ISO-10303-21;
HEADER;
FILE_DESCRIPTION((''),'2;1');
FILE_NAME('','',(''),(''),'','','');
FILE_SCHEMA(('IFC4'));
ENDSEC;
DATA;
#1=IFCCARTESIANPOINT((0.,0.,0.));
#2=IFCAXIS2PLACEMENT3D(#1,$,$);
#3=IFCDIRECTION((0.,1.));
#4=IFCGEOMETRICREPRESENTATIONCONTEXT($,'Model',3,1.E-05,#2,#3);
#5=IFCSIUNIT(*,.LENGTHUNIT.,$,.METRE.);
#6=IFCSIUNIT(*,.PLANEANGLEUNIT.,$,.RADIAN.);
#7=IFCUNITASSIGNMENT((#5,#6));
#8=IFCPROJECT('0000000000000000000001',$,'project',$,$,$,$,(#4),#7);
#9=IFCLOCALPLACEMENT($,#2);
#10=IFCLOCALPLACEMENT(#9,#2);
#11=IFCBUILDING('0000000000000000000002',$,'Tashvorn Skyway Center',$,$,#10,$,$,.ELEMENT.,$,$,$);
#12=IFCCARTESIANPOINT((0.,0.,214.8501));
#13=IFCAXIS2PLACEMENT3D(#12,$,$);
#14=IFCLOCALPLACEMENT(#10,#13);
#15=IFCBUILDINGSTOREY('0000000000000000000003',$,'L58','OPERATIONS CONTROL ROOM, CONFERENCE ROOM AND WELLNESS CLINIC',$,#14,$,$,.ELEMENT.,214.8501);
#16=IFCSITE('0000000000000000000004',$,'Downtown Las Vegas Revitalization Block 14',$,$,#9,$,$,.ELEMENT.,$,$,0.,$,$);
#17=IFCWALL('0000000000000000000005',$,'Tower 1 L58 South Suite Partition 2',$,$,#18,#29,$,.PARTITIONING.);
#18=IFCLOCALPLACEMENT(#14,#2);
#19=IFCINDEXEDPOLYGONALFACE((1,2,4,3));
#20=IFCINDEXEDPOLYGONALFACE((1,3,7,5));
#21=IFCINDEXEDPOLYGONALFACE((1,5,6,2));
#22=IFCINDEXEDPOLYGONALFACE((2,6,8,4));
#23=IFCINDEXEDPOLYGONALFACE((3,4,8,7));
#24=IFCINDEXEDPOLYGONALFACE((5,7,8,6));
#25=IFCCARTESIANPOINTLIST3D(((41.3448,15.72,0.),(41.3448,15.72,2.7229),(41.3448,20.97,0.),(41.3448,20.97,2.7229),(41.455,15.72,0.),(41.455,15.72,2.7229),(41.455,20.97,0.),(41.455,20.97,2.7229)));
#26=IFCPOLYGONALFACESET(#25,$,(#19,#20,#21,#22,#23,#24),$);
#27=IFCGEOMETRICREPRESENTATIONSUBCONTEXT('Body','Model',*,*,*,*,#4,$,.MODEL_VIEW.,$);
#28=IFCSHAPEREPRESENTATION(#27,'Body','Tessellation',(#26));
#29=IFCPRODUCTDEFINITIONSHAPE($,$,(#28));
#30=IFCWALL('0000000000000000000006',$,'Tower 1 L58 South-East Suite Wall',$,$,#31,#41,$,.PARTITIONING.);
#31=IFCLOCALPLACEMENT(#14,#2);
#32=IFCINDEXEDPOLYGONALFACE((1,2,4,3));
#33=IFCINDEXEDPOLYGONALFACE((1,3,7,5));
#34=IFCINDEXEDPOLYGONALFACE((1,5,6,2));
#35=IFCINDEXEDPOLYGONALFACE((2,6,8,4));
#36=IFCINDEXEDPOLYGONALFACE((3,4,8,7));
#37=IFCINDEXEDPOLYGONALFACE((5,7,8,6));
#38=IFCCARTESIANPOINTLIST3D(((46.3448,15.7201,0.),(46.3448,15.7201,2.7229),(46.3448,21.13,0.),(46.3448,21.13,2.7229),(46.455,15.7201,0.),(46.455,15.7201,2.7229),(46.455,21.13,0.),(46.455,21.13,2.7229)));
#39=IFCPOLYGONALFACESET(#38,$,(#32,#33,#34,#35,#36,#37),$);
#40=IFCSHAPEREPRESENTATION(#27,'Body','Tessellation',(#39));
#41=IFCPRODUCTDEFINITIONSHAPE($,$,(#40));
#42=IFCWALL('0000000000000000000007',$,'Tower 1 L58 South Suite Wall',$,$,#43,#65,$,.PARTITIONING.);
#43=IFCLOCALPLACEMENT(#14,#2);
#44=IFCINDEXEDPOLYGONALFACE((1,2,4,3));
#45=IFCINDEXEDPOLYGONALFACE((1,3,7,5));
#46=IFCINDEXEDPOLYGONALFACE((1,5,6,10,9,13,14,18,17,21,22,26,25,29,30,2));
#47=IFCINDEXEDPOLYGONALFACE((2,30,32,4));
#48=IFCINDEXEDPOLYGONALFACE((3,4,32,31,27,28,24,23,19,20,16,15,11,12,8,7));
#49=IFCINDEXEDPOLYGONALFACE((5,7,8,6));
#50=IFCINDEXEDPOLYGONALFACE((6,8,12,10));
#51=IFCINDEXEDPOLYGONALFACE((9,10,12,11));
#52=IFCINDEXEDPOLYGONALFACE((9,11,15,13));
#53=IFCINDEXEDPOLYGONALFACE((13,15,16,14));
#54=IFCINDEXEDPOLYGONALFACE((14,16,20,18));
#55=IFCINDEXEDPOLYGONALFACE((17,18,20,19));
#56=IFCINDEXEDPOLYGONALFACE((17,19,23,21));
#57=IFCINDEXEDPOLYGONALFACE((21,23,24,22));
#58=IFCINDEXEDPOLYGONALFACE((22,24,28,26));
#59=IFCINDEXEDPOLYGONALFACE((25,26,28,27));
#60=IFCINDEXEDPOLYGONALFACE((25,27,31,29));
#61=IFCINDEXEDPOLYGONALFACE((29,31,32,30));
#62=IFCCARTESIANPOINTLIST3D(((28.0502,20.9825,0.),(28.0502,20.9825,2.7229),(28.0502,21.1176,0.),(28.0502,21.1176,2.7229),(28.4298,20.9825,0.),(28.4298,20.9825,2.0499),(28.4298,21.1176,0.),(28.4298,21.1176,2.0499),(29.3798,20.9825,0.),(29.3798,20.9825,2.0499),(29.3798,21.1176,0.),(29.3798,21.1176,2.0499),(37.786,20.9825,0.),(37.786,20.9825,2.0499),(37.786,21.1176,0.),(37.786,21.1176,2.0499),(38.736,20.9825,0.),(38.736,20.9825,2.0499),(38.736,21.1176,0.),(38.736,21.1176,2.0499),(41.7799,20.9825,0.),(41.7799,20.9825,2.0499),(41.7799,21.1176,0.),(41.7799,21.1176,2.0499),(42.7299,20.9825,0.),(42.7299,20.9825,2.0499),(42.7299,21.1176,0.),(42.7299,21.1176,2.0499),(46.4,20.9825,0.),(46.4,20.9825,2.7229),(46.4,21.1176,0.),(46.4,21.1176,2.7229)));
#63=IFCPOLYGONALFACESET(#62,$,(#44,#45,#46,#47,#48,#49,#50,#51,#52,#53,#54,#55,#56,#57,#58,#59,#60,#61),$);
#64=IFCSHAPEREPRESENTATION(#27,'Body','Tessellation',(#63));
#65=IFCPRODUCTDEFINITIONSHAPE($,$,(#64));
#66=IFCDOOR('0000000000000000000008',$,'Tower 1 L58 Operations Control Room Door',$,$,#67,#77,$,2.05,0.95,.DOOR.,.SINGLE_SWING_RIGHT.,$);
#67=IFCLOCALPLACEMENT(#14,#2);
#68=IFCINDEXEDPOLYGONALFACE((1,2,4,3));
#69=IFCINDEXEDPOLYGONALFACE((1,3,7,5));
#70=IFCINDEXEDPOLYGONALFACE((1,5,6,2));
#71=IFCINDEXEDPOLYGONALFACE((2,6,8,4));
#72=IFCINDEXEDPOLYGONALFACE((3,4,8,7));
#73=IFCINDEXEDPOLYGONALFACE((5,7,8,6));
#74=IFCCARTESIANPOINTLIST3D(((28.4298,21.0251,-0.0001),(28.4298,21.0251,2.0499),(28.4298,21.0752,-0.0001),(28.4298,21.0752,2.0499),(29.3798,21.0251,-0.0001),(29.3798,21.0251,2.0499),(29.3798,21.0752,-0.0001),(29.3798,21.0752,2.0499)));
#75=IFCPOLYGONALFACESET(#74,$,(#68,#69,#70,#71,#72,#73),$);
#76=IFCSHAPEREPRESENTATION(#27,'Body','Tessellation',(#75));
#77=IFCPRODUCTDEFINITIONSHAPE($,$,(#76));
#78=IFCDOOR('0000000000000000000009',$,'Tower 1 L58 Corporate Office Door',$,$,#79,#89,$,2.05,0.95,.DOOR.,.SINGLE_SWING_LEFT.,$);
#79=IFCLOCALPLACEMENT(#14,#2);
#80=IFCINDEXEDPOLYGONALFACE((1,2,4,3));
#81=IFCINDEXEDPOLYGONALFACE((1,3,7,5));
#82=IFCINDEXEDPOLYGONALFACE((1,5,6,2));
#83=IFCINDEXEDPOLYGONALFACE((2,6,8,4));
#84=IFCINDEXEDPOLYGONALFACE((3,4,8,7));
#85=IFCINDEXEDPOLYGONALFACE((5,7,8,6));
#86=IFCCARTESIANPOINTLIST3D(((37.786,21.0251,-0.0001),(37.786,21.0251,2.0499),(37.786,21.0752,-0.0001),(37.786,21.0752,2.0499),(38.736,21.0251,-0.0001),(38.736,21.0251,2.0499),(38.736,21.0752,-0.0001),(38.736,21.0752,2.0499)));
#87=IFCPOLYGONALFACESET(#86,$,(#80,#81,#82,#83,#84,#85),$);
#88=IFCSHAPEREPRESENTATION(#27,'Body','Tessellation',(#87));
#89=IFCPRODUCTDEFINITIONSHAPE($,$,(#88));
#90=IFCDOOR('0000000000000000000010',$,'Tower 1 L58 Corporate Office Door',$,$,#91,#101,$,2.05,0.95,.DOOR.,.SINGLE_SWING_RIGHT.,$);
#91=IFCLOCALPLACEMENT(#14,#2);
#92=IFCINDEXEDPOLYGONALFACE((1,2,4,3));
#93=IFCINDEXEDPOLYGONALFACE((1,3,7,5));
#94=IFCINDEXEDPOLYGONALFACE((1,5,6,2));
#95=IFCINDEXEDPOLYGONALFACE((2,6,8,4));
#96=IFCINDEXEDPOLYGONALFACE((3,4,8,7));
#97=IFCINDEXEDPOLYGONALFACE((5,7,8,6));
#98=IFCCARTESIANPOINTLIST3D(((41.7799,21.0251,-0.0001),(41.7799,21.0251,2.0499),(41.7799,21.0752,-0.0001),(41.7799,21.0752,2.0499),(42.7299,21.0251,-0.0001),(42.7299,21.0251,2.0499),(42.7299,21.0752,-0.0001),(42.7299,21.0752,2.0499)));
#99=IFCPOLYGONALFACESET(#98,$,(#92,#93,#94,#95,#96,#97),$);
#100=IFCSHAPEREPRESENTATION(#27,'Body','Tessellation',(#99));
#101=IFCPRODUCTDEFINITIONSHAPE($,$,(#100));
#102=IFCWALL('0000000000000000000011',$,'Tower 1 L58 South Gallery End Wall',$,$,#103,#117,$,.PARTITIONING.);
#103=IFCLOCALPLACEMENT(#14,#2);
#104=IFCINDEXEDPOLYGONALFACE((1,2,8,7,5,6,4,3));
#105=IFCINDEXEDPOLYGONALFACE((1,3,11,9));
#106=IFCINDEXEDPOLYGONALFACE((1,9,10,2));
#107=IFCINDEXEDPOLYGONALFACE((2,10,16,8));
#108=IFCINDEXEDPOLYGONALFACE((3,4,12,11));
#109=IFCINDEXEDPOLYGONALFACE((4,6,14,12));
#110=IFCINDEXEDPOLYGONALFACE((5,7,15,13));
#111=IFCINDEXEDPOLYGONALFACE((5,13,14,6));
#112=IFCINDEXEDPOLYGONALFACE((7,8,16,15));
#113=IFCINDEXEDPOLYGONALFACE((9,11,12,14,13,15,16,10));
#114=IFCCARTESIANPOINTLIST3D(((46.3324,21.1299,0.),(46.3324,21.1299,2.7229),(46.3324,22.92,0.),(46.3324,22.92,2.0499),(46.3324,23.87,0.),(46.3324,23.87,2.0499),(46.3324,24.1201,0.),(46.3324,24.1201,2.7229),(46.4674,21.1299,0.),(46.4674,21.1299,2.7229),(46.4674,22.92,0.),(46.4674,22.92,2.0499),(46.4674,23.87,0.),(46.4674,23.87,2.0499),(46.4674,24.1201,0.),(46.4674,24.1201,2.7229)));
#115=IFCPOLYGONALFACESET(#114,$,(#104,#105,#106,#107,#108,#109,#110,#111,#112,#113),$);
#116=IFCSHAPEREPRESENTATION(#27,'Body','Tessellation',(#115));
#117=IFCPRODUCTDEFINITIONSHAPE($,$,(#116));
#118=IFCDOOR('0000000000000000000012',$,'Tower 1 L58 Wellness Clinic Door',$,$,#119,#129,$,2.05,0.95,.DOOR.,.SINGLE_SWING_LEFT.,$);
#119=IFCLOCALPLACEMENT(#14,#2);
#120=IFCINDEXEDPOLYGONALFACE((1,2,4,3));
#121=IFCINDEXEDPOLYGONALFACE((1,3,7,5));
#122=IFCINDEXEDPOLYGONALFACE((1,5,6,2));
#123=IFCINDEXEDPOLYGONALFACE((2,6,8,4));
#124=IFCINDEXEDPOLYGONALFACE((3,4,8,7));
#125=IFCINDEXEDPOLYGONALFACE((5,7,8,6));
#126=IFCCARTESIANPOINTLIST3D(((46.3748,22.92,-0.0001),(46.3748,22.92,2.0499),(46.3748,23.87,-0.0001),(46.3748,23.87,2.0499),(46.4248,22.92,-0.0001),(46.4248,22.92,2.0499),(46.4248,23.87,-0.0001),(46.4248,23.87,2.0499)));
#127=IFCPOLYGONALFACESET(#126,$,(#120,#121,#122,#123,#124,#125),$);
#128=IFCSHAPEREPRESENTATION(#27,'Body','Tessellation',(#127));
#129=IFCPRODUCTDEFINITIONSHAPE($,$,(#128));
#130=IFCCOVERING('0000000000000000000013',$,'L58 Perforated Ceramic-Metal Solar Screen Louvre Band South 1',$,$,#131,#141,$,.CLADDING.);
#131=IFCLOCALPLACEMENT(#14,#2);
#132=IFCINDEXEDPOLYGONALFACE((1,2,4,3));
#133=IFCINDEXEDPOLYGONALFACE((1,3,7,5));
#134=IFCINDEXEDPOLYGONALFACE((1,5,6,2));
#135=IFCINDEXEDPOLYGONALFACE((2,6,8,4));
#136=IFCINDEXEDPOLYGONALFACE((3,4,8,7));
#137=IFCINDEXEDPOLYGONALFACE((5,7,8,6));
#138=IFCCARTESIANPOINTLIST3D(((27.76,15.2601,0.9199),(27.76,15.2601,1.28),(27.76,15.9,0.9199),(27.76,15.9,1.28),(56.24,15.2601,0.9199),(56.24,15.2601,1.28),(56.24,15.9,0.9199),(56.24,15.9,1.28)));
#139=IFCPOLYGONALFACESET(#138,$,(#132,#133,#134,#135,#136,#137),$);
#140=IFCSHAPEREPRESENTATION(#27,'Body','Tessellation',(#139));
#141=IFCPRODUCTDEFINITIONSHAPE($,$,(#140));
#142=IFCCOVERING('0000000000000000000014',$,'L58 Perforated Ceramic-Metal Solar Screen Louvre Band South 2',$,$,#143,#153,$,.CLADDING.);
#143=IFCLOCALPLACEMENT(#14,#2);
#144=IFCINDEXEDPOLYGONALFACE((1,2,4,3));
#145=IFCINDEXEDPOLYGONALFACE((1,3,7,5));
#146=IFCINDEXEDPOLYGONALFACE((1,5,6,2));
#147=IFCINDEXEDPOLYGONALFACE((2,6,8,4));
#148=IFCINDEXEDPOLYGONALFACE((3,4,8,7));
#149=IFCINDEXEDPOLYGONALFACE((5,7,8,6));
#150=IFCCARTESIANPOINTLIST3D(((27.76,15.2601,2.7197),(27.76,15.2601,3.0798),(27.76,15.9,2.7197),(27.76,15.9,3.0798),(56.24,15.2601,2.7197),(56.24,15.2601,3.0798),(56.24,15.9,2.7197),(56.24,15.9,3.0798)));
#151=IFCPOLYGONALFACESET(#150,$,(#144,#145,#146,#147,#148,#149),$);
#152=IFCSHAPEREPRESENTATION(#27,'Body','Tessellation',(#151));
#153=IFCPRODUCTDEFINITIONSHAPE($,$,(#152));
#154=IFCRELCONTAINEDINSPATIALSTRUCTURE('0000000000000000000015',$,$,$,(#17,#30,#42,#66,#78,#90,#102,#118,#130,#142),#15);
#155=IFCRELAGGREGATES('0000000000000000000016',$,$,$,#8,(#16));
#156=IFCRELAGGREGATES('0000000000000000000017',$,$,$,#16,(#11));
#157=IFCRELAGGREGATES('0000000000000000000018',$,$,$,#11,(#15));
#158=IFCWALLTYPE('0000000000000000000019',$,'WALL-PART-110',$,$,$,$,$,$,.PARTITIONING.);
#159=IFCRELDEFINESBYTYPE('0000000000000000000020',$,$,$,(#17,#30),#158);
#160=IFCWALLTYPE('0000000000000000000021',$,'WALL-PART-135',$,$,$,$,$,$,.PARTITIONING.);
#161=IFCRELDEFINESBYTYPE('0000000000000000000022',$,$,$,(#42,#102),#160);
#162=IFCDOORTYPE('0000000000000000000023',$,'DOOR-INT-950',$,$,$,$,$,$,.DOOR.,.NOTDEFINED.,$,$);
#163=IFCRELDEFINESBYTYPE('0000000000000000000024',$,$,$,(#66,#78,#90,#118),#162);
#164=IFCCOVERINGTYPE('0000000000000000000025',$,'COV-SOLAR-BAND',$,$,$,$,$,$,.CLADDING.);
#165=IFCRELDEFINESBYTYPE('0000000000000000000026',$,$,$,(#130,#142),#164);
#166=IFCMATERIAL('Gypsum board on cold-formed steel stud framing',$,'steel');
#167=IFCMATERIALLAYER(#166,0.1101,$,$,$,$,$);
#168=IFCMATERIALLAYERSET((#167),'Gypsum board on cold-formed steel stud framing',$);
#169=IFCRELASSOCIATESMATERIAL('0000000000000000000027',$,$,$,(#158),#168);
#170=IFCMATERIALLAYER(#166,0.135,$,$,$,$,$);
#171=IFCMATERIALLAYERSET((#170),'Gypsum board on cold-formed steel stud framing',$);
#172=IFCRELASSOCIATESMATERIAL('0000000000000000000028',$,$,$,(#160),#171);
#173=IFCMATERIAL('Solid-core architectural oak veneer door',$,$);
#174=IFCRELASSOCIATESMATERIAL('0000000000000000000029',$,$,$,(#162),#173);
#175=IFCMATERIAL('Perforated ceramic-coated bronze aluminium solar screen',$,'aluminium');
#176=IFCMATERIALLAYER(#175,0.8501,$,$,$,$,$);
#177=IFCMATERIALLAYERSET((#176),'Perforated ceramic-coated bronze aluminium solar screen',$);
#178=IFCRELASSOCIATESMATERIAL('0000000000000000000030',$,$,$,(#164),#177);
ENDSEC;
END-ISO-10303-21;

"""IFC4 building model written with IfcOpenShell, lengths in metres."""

from ifc_helpers import new_model, si_unit, direction, frame, frame_2d, origin, origin_2d, place, context, subcontext, project, spatial, rectangle, extrude, material, layer, layer_set, type_object, element, fill, save


model = new_model("IFC4")

# Units and contexts
model_context = context("Model", 3, precision=1e-05, world=origin(), true_north=direction((0.0, 1.0)))
body_context = subcontext(model_context, "Body", "Model", "MODEL_VIEW")
ifc_project = project(units=[si_unit("LENGTHUNIT", "METRE"), si_unit("PLANEANGLEUNIT", "RADIAN")], contexts=[model_context])

# Site, building, storey
site_placement = place(None, origin())
site = spatial("IfcSite", under=ifc_project, at=site_placement, Name="Downtown Las Vegas Revitalization Block 14", CompositionType="ELEMENT", RefElevation=0.0)
building_placement = place(site_placement, origin())
building = spatial("IfcBuilding", under=site, at=building_placement, Name="Tashvorn Skyway Center", CompositionType="ELEMENT")
storey_placement = place(building_placement, frame((0.0, 0.0, 214.8501)))
storey = spatial("IfcBuildingStorey", under=building, at=storey_placement, Name="L58", Description="OPERATIONS CONTROL ROOM, CONFERENCE ROOM AND WELLNESS CLINIC", CompositionType="ELEMENT", Elevation=214.8501)

# Walls
ifc_material_1 = material(Name="Gypsum board on cold-formed steel stud framing", Category="steel")
ifc_layer_1 = layer(ifc_material_1, 0.1101)
ifc_layer_set_1 = layer_set([ifc_layer_1], Name="Gypsum board on cold-formed steel stud framing")
wall_type_1 = type_object("IfcWallType", Name="WALL-PART-110", PredefinedType="PARTITIONING", material=ifc_layer_set_1)
wall_1_placement = place(storey_placement, frame((41.3999, 15.72, 0.0), z_axis=(0.0, 0.0, 1.0), x_axis=(0.0, 1.0, 0.0)))
element("IfcWall", 1, at=wall_1_placement, inside=storey, type_object=wall_type_1, Name="Tower 1 L58 South Suite Partition 2", PredefinedType="PARTITIONING", context=body_context, shape_type="SweptSolid", body=[
    extrude(rectangle(XDim=5.25, YDim=0.1101, at=frame_2d((2.625, 0.0))), origin(), (0.0, 0.0, 1.0), 2.7229),
])
wall_2_placement = place(storey_placement, frame((46.3999, 15.72, 0.0), z_axis=(0.0, 0.0, 1.0), x_axis=(0.0, 1.0, 0.0)))
element("IfcWall", 2, at=wall_2_placement, inside=storey, type_object=wall_type_1, Name="Tower 1 L58 South-East Suite Wall", PredefinedType="PARTITIONING", context=body_context, shape_type="SweptSolid", body=[
    extrude(rectangle(XDim=5.4099, YDim=0.1101, at=frame_2d((2.7051, 0.0))), origin(), (0.0, 0.0, 1.0), 2.7229),
])

# Wall, openings, doors
ifc_layer_2 = layer(ifc_material_1, 0.135)
ifc_layer_set_2 = layer_set([ifc_layer_2], Name="Gypsum board on cold-formed steel stud framing")
wall_type_2 = type_object("IfcWallType", Name="WALL-PART-135", PredefinedType="PARTITIONING", material=ifc_layer_set_2)
wall_3_placement = place(storey_placement, frame((46.3999, 21.05, 0.0), z_axis=(0.0, 0.0, 1.0), x_axis=(-1.0, 0.0, 0.0)))
wall_3 = element("IfcWall", 3, at=wall_3_placement, inside=storey, type_object=wall_type_2, Name="Tower 1 L58 South Suite Wall", PredefinedType="PARTITIONING", context=body_context, shape_type="SweptSolid", body=[
    extrude(rectangle(XDim=18.3499, YDim=0.135, at=frame_2d((9.1748, 0.0))), origin(), (0.0, 0.0, 1.0), 2.7229),
])
opening_1_placement = place(wall_3_placement, frame((17.02, 0.0, 0.0)))
opening_1 = element("IfcOpeningElement", 4, at=opening_1_placement, cuts=wall_3, PredefinedType="OPENING", context=body_context, shape_type="SweptSolid", body=[
    extrude(rectangle(XDim=0.95, YDim=2.05, at=frame_2d((0.4751, 1.0249))), frame((0.0, 0.0774, 0.0), z_axis=(0.0, -1.0, 0.0), x_axis=(1.0, 0.0, 0.0)), (0.0, 0.0, 1.0), 0.155),
])
opening_2_placement = place(wall_3_placement, frame((7.6638, 0.0, 0.0)))
opening_2 = element("IfcOpeningElement", 5, at=opening_2_placement, cuts=wall_3, PredefinedType="OPENING", context=body_context, shape_type="SweptSolid", body=[
    extrude(rectangle(XDim=0.95, YDim=2.05, at=frame_2d((0.4751, 1.0249))), frame((0.0, 0.0774, 0.0), z_axis=(0.0, -1.0, 0.0), x_axis=(1.0, 0.0, 0.0)), (0.0, 0.0, 1.0), 0.155),
])
opening_3_placement = place(wall_3_placement, frame((3.6699, 0.0, 0.0)))
opening_3 = element("IfcOpeningElement", 6, at=opening_3_placement, cuts=wall_3, PredefinedType="OPENING", context=body_context, shape_type="SweptSolid", body=[
    extrude(rectangle(XDim=0.95, YDim=2.05, at=frame_2d((0.4751, 1.0249))), frame((0.0, 0.0774, 0.0), z_axis=(0.0, -1.0, 0.0), x_axis=(1.0, 0.0, 0.0)), (0.0, 0.0, 1.0), 0.155),
])
ifc_material_2 = material(Name="Solid-core architectural oak veneer door")
door_type = type_object("IfcDoorType", Name="DOOR-INT-950", OperationType="NOTDEFINED", PredefinedType="DOOR", material=ifc_material_2)
door_1_placement = place(opening_1_placement, origin())
door_1 = element("IfcDoor", 7, at=door_1_placement, inside=storey, type_object=door_type, Name="Tower 1 L58 Operations Control Room Door", OperationType="SINGLE_SWING_RIGHT", OverallHeight=2.05, OverallWidth=0.95, PredefinedType="DOOR", context=body_context, shape_type="SweptSolid", body=[
    extrude(rectangle(XDim=0.95, YDim=2.05, at=frame_2d((0.4751, 1.0249))), frame((0.0, 0.0249, 0.0), z_axis=(0.0, -1.0, 0.0), x_axis=(1.0, 0.0, 0.0)), (0.0, 0.0, 1.0), 0.05),
])
fill(opening_1, door_1)
door_2_placement = place(opening_2_placement, origin())
door_2 = element("IfcDoor", 8, at=door_2_placement, inside=storey, type_object=door_type, Name="Tower 1 L58 Corporate Office Door", OperationType="SINGLE_SWING_LEFT", OverallHeight=2.05, OverallWidth=0.95, PredefinedType="DOOR", context=body_context, shape_type="SweptSolid", body=[
    extrude(rectangle(XDim=0.95, YDim=2.05, at=frame_2d((0.4751, 1.0249))), frame((0.0, 0.0249, 0.0), z_axis=(0.0, -1.0, 0.0), x_axis=(1.0, 0.0, 0.0)), (0.0, 0.0, 1.0), 0.05),
])
fill(opening_2, door_2)
door_3_placement = place(opening_3_placement, origin())
door_3 = element("IfcDoor", 9, at=door_3_placement, inside=storey, type_object=door_type, Name="Tower 1 L58 Corporate Office Door", OperationType="SINGLE_SWING_RIGHT", OverallHeight=2.05, OverallWidth=0.95, PredefinedType="DOOR", context=body_context, shape_type="SweptSolid", body=[
    extrude(rectangle(XDim=0.95, YDim=2.05, at=frame_2d((0.4751, 1.0249))), frame((0.0, 0.0249, 0.0), z_axis=(0.0, -1.0, 0.0), x_axis=(1.0, 0.0, 0.0)), (0.0, 0.0, 1.0), 0.05),
])
fill(opening_3, door_3)

# Wall, opening, door
wall_4_placement = place(storey_placement, frame((46.3999, 24.1201, 0.0), z_axis=(0.0, 0.0, 1.0), x_axis=(0.0, -1.0, 0.0)))
wall_4 = element("IfcWall", 10, at=wall_4_placement, inside=storey, type_object=wall_type_2, Name="Tower 1 L58 South Gallery End Wall", PredefinedType="PARTITIONING", context=body_context, shape_type="SweptSolid", body=[
    extrude(rectangle(XDim=2.9902, YDim=0.135, at=frame_2d((1.4951, 0.0))), origin(), (0.0, 0.0, 1.0), 2.7229),
])
opening_4_placement = place(wall_4_placement, frame((0.25, 0.0, 0.0)))
opening_4 = element("IfcOpeningElement", 11, at=opening_4_placement, cuts=wall_4, PredefinedType="OPENING", context=body_context, shape_type="SweptSolid", body=[
    extrude(rectangle(XDim=0.95, YDim=2.05, at=frame_2d((0.4751, 1.0249))), frame((0.0, 0.0774, 0.0), z_axis=(0.0, -1.0, 0.0), x_axis=(1.0, 0.0, 0.0)), (0.0, 0.0, 1.0), 0.155),
])
door_4_placement = place(opening_4_placement, origin())
door_4 = element("IfcDoor", 12, at=door_4_placement, inside=storey, type_object=door_type, Name="Tower 1 L58 Wellness Clinic Door", OperationType="SINGLE_SWING_LEFT", OverallHeight=2.05, OverallWidth=0.95, PredefinedType="DOOR", context=body_context, shape_type="SweptSolid", body=[
    extrude(rectangle(XDim=0.95, YDim=2.05, at=frame_2d((0.4751, 1.0249))), frame((0.0, 0.0249, 0.0), z_axis=(0.0, -1.0, 0.0), x_axis=(1.0, 0.0, 0.0)), (0.0, 0.0, 1.0), 0.05),
])
fill(opening_4, door_4)

# Coverings
ifc_material_3 = material(Name="Perforated ceramic-coated bronze aluminium solar screen", Category="aluminium")
ifc_layer_3 = layer(ifc_material_3, 0.8501)
ifc_layer_set_3 = layer_set([ifc_layer_3], Name="Perforated ceramic-coated bronze aluminium solar screen")
covering_type = type_object("IfcCoveringType", Name="COV-SOLAR-BAND", PredefinedType="CLADDING", material=ifc_layer_set_3)
for number, where, z_axis, x_axis, name in (
    (13, (42.0, 15.5801, 0.9199), (0.0, 0.0, 1.0), (-1.0, 0.0, 0.0), "L58 Perforated Ceramic-Metal Solar Screen Louvre Band South 1"),
    (14, (42.0, 15.5801, 2.7197), (0.0, 0.0, 1.0), (-1.0, 0.0, 0.0), "L58 Perforated Ceramic-Metal Solar Screen Louvre Band South 2"),
):
    element("IfcCovering", number, at=place(storey_placement, frame(where, z_axis=z_axis, x_axis=x_axis)), inside=storey, type_object=covering_type, Name=name, PredefinedType="CLADDING", context=body_context, shape_type="SweptSolid", body=[
        extrude(rectangle(XDim=28.48, YDim=0.6399, at=origin_2d()), origin(), (0.0, 0.0, 1.0), 0.3601),
    ])

save(model, "model.ifc")
